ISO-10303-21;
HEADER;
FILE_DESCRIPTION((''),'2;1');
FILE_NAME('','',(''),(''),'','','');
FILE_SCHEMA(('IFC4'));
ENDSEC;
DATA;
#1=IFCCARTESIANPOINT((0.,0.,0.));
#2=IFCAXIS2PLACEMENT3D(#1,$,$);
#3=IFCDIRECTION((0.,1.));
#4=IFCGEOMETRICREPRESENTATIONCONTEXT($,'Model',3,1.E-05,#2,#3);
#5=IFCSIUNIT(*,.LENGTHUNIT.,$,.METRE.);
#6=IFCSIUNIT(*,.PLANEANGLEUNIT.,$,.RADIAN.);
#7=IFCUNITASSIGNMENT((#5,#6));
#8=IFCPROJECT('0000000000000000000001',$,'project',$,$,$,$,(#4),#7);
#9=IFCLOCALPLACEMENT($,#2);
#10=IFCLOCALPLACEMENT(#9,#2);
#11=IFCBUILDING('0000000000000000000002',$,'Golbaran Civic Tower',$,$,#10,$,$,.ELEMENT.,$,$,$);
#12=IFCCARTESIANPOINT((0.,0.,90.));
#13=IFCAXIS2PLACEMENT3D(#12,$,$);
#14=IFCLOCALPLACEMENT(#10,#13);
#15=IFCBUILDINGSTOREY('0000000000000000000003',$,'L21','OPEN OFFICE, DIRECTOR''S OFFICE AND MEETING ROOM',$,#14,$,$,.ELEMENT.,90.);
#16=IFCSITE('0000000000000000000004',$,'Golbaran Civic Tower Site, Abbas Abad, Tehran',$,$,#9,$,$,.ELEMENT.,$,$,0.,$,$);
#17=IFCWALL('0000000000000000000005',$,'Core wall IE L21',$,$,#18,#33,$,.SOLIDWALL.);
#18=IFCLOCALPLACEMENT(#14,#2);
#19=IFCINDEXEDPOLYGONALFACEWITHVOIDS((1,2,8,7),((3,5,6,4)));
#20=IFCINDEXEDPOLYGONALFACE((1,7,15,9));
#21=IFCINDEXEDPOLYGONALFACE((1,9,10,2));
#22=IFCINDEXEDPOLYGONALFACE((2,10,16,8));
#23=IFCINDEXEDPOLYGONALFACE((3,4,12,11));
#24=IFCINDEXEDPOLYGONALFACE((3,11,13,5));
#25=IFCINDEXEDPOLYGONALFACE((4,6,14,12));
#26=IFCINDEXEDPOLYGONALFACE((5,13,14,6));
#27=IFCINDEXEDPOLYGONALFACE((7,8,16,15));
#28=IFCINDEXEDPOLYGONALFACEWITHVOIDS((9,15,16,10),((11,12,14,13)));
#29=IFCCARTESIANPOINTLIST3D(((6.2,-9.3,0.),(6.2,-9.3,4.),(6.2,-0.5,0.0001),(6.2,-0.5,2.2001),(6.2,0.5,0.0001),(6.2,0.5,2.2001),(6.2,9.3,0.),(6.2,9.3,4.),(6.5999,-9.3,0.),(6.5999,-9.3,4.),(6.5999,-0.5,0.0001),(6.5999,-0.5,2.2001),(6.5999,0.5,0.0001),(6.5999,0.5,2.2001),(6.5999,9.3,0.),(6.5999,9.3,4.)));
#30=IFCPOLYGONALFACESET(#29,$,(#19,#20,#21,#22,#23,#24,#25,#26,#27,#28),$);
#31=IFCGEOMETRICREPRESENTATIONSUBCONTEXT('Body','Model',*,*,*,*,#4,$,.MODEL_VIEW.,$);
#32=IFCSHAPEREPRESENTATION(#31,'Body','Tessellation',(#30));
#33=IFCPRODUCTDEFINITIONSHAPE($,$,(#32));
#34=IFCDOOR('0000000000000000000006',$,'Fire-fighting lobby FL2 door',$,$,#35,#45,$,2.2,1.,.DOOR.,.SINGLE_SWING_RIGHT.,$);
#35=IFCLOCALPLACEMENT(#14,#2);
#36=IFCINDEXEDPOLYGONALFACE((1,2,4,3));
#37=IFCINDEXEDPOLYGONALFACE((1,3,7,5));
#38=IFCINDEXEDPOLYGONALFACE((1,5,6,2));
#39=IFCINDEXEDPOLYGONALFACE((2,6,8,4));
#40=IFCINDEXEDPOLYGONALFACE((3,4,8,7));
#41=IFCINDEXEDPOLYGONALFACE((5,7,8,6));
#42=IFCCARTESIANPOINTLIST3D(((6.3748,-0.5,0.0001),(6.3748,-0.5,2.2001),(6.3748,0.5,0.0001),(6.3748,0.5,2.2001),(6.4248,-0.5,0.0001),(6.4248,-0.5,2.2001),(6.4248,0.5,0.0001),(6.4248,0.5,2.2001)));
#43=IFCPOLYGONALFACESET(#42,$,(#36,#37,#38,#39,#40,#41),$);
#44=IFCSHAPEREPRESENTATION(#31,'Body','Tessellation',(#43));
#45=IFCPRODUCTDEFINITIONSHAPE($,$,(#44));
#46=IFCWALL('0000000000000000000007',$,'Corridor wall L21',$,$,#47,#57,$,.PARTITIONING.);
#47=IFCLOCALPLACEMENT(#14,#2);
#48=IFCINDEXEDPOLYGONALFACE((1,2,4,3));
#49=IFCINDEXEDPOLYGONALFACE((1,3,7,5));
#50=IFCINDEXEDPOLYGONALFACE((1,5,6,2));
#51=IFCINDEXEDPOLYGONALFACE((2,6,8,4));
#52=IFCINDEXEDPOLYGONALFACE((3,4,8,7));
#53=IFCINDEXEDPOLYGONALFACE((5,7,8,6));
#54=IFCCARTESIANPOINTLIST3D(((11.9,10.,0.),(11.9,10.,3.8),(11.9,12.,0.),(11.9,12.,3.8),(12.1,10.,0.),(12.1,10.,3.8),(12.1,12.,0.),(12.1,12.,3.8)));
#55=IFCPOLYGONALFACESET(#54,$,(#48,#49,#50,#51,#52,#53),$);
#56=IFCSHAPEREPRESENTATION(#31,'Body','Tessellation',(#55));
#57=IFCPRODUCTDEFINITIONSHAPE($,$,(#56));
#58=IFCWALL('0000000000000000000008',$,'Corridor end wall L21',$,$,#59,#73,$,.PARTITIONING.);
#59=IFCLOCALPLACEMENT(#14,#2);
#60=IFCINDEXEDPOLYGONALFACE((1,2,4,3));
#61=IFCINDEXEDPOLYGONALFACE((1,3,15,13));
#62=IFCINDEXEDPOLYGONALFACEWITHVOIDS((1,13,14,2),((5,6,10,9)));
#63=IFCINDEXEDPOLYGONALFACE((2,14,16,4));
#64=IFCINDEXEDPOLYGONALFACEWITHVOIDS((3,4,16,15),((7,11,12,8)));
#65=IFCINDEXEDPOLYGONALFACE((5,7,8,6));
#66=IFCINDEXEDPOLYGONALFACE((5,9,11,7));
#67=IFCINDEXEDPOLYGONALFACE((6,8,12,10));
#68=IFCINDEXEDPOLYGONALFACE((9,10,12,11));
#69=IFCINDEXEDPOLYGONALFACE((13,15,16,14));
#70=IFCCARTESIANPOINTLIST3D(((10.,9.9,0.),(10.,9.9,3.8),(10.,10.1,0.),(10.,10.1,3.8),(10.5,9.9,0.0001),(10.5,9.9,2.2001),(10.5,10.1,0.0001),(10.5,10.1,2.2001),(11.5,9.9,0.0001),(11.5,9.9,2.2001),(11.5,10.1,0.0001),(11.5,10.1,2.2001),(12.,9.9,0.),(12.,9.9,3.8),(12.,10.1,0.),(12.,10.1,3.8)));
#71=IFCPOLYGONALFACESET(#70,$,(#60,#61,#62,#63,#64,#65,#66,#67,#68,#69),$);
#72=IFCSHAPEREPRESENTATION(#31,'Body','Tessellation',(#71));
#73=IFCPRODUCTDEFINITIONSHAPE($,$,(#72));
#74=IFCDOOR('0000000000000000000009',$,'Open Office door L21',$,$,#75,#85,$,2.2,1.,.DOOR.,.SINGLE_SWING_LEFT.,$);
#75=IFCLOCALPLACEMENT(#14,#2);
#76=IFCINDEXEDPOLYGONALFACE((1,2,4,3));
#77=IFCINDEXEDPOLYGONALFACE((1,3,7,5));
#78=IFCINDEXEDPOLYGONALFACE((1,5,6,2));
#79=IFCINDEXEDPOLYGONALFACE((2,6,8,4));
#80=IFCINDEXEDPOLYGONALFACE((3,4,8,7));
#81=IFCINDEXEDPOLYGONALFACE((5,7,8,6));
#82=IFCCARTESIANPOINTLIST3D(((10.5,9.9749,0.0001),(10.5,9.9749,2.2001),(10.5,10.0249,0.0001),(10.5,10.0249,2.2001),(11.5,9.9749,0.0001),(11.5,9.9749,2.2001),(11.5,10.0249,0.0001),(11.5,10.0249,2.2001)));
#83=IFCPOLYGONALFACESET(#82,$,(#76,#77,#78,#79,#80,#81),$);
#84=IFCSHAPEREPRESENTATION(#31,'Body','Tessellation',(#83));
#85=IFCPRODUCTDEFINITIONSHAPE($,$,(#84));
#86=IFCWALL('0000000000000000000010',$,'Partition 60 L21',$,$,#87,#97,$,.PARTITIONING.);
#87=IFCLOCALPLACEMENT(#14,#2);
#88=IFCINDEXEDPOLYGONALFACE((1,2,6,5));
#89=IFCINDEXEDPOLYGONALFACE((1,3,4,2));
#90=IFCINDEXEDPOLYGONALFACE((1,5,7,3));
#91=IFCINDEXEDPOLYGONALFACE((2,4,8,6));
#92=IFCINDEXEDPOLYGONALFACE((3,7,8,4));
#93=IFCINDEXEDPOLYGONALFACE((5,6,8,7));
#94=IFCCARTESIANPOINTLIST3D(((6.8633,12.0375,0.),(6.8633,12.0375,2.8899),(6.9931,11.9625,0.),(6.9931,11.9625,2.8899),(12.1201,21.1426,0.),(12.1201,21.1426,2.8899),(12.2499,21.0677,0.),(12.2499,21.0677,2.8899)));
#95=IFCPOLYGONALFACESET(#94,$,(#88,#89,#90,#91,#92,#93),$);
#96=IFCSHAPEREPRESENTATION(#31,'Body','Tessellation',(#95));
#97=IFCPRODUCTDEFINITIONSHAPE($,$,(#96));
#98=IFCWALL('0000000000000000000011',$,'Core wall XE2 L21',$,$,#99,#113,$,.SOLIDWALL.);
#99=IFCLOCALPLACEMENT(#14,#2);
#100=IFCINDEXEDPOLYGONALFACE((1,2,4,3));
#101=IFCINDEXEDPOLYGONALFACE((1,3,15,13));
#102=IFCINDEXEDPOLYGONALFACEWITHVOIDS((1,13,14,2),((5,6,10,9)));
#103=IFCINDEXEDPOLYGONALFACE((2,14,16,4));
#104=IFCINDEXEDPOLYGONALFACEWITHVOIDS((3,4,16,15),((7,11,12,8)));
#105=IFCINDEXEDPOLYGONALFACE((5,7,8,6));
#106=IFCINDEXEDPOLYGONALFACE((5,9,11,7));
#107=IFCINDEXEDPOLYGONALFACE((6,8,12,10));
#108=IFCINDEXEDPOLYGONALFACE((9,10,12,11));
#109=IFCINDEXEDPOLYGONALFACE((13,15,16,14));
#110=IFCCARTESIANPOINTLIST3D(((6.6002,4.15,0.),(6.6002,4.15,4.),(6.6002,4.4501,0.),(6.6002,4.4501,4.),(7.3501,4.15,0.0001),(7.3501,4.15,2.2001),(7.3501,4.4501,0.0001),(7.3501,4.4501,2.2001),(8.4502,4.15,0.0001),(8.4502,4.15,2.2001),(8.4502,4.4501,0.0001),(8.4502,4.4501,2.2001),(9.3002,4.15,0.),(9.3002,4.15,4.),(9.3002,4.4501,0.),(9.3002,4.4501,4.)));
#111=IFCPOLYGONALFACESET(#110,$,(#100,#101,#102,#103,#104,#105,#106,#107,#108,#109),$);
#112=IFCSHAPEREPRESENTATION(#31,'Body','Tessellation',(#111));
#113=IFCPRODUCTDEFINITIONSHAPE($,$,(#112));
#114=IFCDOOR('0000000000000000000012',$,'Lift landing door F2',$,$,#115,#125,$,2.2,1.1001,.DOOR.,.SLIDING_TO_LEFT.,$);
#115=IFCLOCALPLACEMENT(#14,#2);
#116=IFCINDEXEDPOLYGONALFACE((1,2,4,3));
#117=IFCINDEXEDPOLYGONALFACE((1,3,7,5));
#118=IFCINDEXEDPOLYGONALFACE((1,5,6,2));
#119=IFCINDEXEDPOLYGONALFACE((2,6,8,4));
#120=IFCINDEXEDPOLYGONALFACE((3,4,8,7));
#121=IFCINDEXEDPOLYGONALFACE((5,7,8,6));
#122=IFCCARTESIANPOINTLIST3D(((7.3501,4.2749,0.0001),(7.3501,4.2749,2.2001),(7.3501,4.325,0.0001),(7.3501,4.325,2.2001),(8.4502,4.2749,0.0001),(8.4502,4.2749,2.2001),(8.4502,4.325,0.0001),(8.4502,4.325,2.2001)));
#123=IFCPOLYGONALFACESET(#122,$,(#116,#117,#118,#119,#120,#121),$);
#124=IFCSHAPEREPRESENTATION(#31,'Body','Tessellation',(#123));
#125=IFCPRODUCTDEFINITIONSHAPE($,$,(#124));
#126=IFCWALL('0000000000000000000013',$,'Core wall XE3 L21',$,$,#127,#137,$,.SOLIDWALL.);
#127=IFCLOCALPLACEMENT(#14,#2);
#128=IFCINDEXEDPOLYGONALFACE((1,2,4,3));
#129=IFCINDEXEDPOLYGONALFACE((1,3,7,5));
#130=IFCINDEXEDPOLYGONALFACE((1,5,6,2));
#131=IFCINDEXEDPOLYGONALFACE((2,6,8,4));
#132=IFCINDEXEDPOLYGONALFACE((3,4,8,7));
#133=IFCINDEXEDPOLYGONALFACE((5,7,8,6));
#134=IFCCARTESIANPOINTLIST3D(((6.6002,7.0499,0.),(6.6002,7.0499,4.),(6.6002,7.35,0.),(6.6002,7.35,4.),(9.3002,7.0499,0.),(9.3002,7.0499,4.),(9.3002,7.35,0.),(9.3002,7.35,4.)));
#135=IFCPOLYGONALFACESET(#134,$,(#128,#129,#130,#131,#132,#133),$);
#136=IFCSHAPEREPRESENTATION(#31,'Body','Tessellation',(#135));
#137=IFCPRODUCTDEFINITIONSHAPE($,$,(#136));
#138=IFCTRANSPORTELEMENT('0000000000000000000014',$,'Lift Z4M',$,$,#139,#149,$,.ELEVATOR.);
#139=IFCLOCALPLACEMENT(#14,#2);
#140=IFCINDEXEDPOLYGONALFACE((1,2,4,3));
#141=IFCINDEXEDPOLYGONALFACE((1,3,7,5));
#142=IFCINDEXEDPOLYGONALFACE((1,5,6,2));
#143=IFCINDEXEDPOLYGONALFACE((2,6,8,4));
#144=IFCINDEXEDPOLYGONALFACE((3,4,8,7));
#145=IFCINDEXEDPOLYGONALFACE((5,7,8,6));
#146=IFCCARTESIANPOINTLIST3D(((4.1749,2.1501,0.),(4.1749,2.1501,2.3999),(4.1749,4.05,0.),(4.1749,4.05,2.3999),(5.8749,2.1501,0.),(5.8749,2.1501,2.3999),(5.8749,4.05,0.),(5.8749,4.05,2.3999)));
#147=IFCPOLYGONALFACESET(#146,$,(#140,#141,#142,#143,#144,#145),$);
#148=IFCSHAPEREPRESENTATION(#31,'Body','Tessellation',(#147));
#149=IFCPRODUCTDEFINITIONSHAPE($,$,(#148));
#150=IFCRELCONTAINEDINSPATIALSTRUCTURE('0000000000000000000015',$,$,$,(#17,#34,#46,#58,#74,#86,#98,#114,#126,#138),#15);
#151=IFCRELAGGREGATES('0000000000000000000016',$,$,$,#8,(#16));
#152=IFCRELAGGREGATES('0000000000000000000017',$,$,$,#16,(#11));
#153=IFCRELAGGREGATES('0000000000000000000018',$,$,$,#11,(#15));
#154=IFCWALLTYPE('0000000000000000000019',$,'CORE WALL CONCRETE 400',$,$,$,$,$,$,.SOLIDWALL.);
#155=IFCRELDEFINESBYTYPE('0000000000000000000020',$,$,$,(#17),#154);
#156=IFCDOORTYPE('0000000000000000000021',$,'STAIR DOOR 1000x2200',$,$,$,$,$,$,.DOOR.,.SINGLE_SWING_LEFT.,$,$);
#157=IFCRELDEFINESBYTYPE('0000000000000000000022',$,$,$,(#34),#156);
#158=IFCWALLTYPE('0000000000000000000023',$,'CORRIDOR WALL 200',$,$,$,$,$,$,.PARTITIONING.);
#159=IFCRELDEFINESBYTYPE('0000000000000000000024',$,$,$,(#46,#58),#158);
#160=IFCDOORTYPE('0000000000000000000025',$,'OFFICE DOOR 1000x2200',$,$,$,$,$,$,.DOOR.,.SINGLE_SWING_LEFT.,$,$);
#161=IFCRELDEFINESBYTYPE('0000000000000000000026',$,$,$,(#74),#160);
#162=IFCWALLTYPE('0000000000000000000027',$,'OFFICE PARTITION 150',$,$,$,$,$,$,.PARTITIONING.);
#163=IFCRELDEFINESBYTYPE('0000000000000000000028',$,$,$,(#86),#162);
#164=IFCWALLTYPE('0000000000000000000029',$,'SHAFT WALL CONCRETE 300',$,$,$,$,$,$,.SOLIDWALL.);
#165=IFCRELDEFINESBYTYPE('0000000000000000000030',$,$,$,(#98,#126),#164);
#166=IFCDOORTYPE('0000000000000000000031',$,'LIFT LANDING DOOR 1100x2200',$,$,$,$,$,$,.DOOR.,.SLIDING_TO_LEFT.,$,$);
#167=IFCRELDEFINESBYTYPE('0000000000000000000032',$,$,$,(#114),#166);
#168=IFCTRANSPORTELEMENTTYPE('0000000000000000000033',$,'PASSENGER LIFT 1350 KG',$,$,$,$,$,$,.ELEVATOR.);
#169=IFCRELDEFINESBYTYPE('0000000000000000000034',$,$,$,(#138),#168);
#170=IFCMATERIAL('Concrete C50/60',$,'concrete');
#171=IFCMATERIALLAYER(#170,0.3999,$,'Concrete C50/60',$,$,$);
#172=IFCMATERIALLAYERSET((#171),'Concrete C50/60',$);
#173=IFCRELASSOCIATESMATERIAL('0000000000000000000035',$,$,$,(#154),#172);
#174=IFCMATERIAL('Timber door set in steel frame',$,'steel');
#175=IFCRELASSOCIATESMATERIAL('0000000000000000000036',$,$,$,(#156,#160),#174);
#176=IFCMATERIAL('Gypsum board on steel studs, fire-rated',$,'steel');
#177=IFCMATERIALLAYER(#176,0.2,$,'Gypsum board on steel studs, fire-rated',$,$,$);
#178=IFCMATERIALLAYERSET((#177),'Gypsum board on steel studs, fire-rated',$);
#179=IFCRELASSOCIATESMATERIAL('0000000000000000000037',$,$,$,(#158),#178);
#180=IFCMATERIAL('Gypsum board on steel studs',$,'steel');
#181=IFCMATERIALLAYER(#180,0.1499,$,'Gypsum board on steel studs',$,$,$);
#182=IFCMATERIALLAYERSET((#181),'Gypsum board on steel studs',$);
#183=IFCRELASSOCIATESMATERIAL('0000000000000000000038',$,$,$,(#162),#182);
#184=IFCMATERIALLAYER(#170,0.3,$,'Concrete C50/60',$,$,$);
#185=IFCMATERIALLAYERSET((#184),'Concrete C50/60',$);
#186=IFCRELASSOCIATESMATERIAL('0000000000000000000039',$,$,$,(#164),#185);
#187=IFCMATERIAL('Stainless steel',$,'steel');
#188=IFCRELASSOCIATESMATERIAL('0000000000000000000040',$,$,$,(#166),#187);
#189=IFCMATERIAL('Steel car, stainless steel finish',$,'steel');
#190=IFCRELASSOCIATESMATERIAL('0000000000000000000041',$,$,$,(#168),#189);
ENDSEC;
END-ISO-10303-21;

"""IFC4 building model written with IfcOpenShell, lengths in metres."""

from ifc_helpers import new_model, si_unit, direction, frame, frame_2d, origin, origin_2d, place, context, subcontext, project, spatial, rectangle, extrude, material, layer, layer_set, type_object, element, fill, save


model = new_model("IFC4")

# Units and contexts
model_context = context("Model", 3, precision=1e-05, world=origin(), true_north=direction((0.0, 1.0)))
body_context = subcontext(model_context, "Body", "Model", "MODEL_VIEW")
ifc_project = project(units=[si_unit("LENGTHUNIT", "METRE"), si_unit("PLANEANGLEUNIT", "RADIAN")], contexts=[model_context])

# Site, building, storey
site_placement = place(None, origin())
site = spatial("IfcSite", under=ifc_project, at=site_placement, Name="Golbaran Civic Tower Site, Abbas Abad, Tehran", CompositionType="ELEMENT", RefElevation=0.0)
building_placement = place(site_placement, origin())
building = spatial("IfcBuilding", under=site, at=building_placement, Name="Golbaran Civic Tower", CompositionType="ELEMENT")
storey_placement = place(building_placement, frame((0.0, 0.0, 90.0)))
storey = spatial("IfcBuildingStorey", under=building, at=storey_placement, Name="L21", Description="OPEN OFFICE, DIRECTOR'S OFFICE AND MEETING ROOM", CompositionType="ELEMENT", Elevation=90.0)

# Wall, opening, door
ifc_material_1 = material(Name="Concrete C50/60", Category="concrete")
ifc_layer_1 = layer(ifc_material_1, 0.3999, Name="Concrete C50/60")
ifc_layer_set_1 = layer_set([ifc_layer_1], Name="Concrete C50/60")
wall_type_1 = type_object("IfcWallType", Name="CORE WALL CONCRETE 400", PredefinedType="SOLIDWALL", material=ifc_layer_set_1)
wall_1_placement = place(storey_placement, frame((6.3999, 9.3, 0.0), z_axis=(0.0, 0.0, 1.0), x_axis=(0.0, -1.0, 0.0)))
wall_1 = element("IfcWall", 1, at=wall_1_placement, inside=storey, type_object=wall_type_1, Name="Core wall IE L21", PredefinedType="SOLIDWALL", context=body_context, shape_type="SweptSolid", body=[
    extrude(rectangle(XDim=18.6001, YDim=0.3999, at=frame_2d((9.3, 0.0))), origin(), (0.0, 0.0, 1.0), 4.0),
])
opening_1_placement = place(wall_1_placement, frame((8.8, 0.0, 0.0)))
opening_1 = element("IfcOpeningElement", 2, at=opening_1_placement, cuts=wall_1, PredefinedType="OPENING", context=body_context, shape_type="SweptSolid", body=[
    extrude(rectangle(XDim=1.0, YDim=2.2, at=frame_2d((0.5, 1.1001))), frame((0.0, 0.21, 0.0), z_axis=(0.0, -1.0, 0.0), x_axis=(1.0, 0.0, 0.0)), (0.0, 0.0, 1.0), 0.4199),
])
ifc_material_2 = material(Name="Timber door set in steel frame", Category="steel")
door_type_1 = type_object("IfcDoorType", Name="STAIR DOOR 1000x2200", OperationType="SINGLE_SWING_LEFT", PredefinedType="DOOR", material=ifc_material_2)
door_1_placement = place(opening_1_placement, origin())
door_1 = element("IfcDoor", 3, at=door_1_placement, inside=storey, type_object=door_type_1, Name="Fire-fighting lobby FL2 door", OperationType="SINGLE_SWING_RIGHT", OverallHeight=2.2, OverallWidth=1.0, PredefinedType="DOOR", context=body_context, shape_type="SweptSolid", body=[
    extrude(rectangle(XDim=1.0, YDim=2.2, at=frame_2d((0.5, 1.1001))), frame((0.0, 0.0249, 0.0), z_axis=(0.0, -1.0, 0.0), x_axis=(1.0, 0.0, 0.0)), (0.0, 0.0, 1.0), 0.05),
])
fill(opening_1, door_1)

# Wall
ifc_material_3 = material(Name="Gypsum board on steel studs, fire-rated", Category="steel")
ifc_layer_2 = layer(ifc_material_3, 0.2, Name="Gypsum board on steel studs, fire-rated")
ifc_layer_set_2 = layer_set([ifc_layer_2], Name="Gypsum board on steel studs, fire-rated")
wall_type_2 = type_object("IfcWallType", Name="CORRIDOR WALL 200", PredefinedType="PARTITIONING", material=ifc_layer_set_2)
wall_2_placement = place(storey_placement, frame((12.0, 10.0, 0.0), z_axis=(0.0, 0.0, 1.0), x_axis=(0.0, 1.0, 0.0)))
element("IfcWall", 4, at=wall_2_placement, inside=storey, type_object=wall_type_2, Name="Corridor wall L21", PredefinedType="PARTITIONING", context=body_context, shape_type="SweptSolid", body=[
    extrude(rectangle(XDim=2.0, YDim=0.2, at=frame_2d((1.0, 0.0))), origin(), (0.0, 0.0, 1.0), 3.8),
])

# Wall, opening, door
wall_3_placement = place(storey_placement, frame((10.0, 10.0, 0.0), z_axis=(0.0, 0.0, 1.0), x_axis=(1.0, 0.0, 0.0)))
wall_3 = element("IfcWall", 5, at=wall_3_placement, inside=storey, type_object=wall_type_2, Name="Corridor end wall L21", PredefinedType="PARTITIONING", context=body_context, shape_type="SweptSolid", body=[
    extrude(rectangle(XDim=2.0, YDim=0.2, at=frame_2d((1.0, 0.0))), origin(), (0.0, 0.0, 1.0), 3.8),
])
opening_2_placement = place(wall_3_placement, frame((0.5, 0.0, 0.0)))
opening_2 = element("IfcOpeningElement", 6, at=opening_2_placement, cuts=wall_3, PredefinedType="OPENING", context=body_context, shape_type="SweptSolid", body=[
    extrude(rectangle(XDim=1.0, YDim=2.2, at=frame_2d((0.5, 1.1001))), frame((0.0, 0.1099, 0.0), z_axis=(0.0, -1.0, 0.0), x_axis=(1.0, 0.0, 0.0)), (0.0, 0.0, 1.0), 0.22),
])
door_type_2 = type_object("IfcDoorType", Name="OFFICE DOOR 1000x2200", OperationType="SINGLE_SWING_LEFT", PredefinedType="DOOR", material=ifc_material_2)
door_2_placement = place(opening_2_placement, origin())
door_2 = element("IfcDoor", 7, at=door_2_placement, inside=storey, type_object=door_type_2, Name="Open Office door L21", OperationType="SINGLE_SWING_LEFT", OverallHeight=2.2, OverallWidth=1.0, PredefinedType="DOOR", context=body_context, shape_type="SweptSolid", body=[
    extrude(rectangle(XDim=1.0, YDim=2.2, at=frame_2d((0.5, 1.1001))), frame((0.0, 0.0249, 0.0), z_axis=(0.0, -1.0, 0.0), x_axis=(1.0, 0.0, 0.0)), (0.0, 0.0, 1.0), 0.05),
])
fill(opening_2, door_2)

# Wall
ifc_material_4 = material(Name="Gypsum board on steel studs", Category="steel")
ifc_layer_3 = layer(ifc_material_4, 0.1499, Name="Gypsum board on steel studs")
ifc_layer_set_3 = layer_set([ifc_layer_3], Name="Gypsum board on steel studs")
wall_type_3 = type_object("IfcWallType", Name="OFFICE PARTITION 150", PredefinedType="PARTITIONING", material=ifc_layer_set_3)
wall_4_placement = place(storey_placement, frame((6.9282, 12.0, 0.0), z_axis=(0.0, 0.0, 1.0), x_axis=(0.499995, 0.866028, 0.0)))
element("IfcWall", 8, at=wall_4_placement, inside=storey, type_object=wall_type_3, Name="Partition 60 L21", PredefinedType="PARTITIONING", context=body_context, shape_type="SweptSolid", body=[
    extrude(rectangle(XDim=10.5137, YDim=0.1499, at=frame_2d((5.2568, 0.0))), origin(), (0.0, 0.0, 1.0), 2.8899),
])

# Wall, opening, door
ifc_layer_4 = layer(ifc_material_1, 0.3, Name="Concrete C50/60")
ifc_layer_set_4 = layer_set([ifc_layer_4], Name="Concrete C50/60")
wall_type_4 = type_object("IfcWallType", Name="SHAFT WALL CONCRETE 300", PredefinedType="SOLIDWALL", material=ifc_layer_set_4)
wall_5_placement = place(storey_placement, frame((6.6001, 4.3, 0.0), z_axis=(0.0, 0.0, 1.0), x_axis=(1.0, 0.0, 0.0)))
wall_5 = element("IfcWall", 9, at=wall_5_placement, inside=storey, type_object=wall_type_4, Name="Core wall XE2 L21", PredefinedType="SOLIDWALL", context=body_context, shape_type="SweptSolid", body=[
    extrude(rectangle(XDim=2.7, YDim=0.3, at=frame_2d((1.3501, 0.0))), origin(), (0.0, 0.0, 1.0), 4.0),
])
opening_3_placement = place(wall_5_placement, frame((0.75, 0.0, 0.0)))
opening_3 = element("IfcOpeningElement", 10, at=opening_3_placement, cuts=wall_5, PredefinedType="OPENING", context=body_context, shape_type="SweptSolid", body=[
    extrude(rectangle(XDim=1.1001, YDim=2.2, at=frame_2d((0.55, 1.1001))), frame((0.0, 0.1599, 0.0), z_axis=(0.0, -1.0, 0.0), x_axis=(1.0, 0.0, 0.0)), (0.0, 0.0, 1.0), 0.3201),
])
ifc_material_5 = material(Name="Stainless steel", Category="steel")
door_type_3 = type_object("IfcDoorType", Name="LIFT LANDING DOOR 1100x2200", OperationType="SLIDING_TO_LEFT", PredefinedType="DOOR", material=ifc_material_5)
door_3_placement = place(opening_3_placement, origin())
door_3 = element("IfcDoor", 11, at=door_3_placement, inside=storey, type_object=door_type_3, Name="Lift landing door F2", OperationType="SLIDING_TO_LEFT", OverallHeight=2.2, OverallWidth=1.1001, PredefinedType="DOOR", context=body_context, shape_type="SweptSolid", body=[
    extrude(rectangle(XDim=1.1001, YDim=2.2, at=frame_2d((0.55, 1.1001))), frame((0.0, 0.0249, 0.0), z_axis=(0.0, -1.0, 0.0), x_axis=(1.0, 0.0, 0.0)), (0.0, 0.0, 1.0), 0.05),
])
fill(opening_3, door_3)

# Wall
wall_6_placement = place(storey_placement, frame((6.6001, 7.2, 0.0), z_axis=(0.0, 0.0, 1.0), x_axis=(1.0, 0.0, 0.0)))
element("IfcWall", 12, at=wall_6_placement, inside=storey, type_object=wall_type_4, Name="Core wall XE3 L21", PredefinedType="SOLIDWALL", context=body_context, shape_type="SweptSolid", body=[
    extrude(rectangle(XDim=2.7, YDim=0.3, at=frame_2d((1.3501, 0.0))), origin(), (0.0, 0.0, 1.0), 4.0),
])

# Transport element
ifc_material_6 = material(Name="Steel car, stainless steel finish", Category="steel")
transport_element_type = type_object("IfcTransportElementType", Name="PASSENGER LIFT 1350 KG", PredefinedType="ELEVATOR", material=ifc_material_6)
transport_element_placement = place(storey_placement, frame((5.0249, 3.1001, 0.0), z_axis=(0.0, 0.0, 1.0), x_axis=(1.0, 0.0, 0.0)))
element("IfcTransportElement", 13, at=transport_element_placement, inside=storey, type_object=transport_element_type, Name="Lift Z4M", PredefinedType="ELEVATOR", context=body_context, shape_type="SweptSolid", body=[
    extrude(rectangle(XDim=1.7, YDim=1.8999, at=origin_2d()), origin(), (0.0, 0.0, 1.0), 2.3999),
])

save(model, "model.ifc")
